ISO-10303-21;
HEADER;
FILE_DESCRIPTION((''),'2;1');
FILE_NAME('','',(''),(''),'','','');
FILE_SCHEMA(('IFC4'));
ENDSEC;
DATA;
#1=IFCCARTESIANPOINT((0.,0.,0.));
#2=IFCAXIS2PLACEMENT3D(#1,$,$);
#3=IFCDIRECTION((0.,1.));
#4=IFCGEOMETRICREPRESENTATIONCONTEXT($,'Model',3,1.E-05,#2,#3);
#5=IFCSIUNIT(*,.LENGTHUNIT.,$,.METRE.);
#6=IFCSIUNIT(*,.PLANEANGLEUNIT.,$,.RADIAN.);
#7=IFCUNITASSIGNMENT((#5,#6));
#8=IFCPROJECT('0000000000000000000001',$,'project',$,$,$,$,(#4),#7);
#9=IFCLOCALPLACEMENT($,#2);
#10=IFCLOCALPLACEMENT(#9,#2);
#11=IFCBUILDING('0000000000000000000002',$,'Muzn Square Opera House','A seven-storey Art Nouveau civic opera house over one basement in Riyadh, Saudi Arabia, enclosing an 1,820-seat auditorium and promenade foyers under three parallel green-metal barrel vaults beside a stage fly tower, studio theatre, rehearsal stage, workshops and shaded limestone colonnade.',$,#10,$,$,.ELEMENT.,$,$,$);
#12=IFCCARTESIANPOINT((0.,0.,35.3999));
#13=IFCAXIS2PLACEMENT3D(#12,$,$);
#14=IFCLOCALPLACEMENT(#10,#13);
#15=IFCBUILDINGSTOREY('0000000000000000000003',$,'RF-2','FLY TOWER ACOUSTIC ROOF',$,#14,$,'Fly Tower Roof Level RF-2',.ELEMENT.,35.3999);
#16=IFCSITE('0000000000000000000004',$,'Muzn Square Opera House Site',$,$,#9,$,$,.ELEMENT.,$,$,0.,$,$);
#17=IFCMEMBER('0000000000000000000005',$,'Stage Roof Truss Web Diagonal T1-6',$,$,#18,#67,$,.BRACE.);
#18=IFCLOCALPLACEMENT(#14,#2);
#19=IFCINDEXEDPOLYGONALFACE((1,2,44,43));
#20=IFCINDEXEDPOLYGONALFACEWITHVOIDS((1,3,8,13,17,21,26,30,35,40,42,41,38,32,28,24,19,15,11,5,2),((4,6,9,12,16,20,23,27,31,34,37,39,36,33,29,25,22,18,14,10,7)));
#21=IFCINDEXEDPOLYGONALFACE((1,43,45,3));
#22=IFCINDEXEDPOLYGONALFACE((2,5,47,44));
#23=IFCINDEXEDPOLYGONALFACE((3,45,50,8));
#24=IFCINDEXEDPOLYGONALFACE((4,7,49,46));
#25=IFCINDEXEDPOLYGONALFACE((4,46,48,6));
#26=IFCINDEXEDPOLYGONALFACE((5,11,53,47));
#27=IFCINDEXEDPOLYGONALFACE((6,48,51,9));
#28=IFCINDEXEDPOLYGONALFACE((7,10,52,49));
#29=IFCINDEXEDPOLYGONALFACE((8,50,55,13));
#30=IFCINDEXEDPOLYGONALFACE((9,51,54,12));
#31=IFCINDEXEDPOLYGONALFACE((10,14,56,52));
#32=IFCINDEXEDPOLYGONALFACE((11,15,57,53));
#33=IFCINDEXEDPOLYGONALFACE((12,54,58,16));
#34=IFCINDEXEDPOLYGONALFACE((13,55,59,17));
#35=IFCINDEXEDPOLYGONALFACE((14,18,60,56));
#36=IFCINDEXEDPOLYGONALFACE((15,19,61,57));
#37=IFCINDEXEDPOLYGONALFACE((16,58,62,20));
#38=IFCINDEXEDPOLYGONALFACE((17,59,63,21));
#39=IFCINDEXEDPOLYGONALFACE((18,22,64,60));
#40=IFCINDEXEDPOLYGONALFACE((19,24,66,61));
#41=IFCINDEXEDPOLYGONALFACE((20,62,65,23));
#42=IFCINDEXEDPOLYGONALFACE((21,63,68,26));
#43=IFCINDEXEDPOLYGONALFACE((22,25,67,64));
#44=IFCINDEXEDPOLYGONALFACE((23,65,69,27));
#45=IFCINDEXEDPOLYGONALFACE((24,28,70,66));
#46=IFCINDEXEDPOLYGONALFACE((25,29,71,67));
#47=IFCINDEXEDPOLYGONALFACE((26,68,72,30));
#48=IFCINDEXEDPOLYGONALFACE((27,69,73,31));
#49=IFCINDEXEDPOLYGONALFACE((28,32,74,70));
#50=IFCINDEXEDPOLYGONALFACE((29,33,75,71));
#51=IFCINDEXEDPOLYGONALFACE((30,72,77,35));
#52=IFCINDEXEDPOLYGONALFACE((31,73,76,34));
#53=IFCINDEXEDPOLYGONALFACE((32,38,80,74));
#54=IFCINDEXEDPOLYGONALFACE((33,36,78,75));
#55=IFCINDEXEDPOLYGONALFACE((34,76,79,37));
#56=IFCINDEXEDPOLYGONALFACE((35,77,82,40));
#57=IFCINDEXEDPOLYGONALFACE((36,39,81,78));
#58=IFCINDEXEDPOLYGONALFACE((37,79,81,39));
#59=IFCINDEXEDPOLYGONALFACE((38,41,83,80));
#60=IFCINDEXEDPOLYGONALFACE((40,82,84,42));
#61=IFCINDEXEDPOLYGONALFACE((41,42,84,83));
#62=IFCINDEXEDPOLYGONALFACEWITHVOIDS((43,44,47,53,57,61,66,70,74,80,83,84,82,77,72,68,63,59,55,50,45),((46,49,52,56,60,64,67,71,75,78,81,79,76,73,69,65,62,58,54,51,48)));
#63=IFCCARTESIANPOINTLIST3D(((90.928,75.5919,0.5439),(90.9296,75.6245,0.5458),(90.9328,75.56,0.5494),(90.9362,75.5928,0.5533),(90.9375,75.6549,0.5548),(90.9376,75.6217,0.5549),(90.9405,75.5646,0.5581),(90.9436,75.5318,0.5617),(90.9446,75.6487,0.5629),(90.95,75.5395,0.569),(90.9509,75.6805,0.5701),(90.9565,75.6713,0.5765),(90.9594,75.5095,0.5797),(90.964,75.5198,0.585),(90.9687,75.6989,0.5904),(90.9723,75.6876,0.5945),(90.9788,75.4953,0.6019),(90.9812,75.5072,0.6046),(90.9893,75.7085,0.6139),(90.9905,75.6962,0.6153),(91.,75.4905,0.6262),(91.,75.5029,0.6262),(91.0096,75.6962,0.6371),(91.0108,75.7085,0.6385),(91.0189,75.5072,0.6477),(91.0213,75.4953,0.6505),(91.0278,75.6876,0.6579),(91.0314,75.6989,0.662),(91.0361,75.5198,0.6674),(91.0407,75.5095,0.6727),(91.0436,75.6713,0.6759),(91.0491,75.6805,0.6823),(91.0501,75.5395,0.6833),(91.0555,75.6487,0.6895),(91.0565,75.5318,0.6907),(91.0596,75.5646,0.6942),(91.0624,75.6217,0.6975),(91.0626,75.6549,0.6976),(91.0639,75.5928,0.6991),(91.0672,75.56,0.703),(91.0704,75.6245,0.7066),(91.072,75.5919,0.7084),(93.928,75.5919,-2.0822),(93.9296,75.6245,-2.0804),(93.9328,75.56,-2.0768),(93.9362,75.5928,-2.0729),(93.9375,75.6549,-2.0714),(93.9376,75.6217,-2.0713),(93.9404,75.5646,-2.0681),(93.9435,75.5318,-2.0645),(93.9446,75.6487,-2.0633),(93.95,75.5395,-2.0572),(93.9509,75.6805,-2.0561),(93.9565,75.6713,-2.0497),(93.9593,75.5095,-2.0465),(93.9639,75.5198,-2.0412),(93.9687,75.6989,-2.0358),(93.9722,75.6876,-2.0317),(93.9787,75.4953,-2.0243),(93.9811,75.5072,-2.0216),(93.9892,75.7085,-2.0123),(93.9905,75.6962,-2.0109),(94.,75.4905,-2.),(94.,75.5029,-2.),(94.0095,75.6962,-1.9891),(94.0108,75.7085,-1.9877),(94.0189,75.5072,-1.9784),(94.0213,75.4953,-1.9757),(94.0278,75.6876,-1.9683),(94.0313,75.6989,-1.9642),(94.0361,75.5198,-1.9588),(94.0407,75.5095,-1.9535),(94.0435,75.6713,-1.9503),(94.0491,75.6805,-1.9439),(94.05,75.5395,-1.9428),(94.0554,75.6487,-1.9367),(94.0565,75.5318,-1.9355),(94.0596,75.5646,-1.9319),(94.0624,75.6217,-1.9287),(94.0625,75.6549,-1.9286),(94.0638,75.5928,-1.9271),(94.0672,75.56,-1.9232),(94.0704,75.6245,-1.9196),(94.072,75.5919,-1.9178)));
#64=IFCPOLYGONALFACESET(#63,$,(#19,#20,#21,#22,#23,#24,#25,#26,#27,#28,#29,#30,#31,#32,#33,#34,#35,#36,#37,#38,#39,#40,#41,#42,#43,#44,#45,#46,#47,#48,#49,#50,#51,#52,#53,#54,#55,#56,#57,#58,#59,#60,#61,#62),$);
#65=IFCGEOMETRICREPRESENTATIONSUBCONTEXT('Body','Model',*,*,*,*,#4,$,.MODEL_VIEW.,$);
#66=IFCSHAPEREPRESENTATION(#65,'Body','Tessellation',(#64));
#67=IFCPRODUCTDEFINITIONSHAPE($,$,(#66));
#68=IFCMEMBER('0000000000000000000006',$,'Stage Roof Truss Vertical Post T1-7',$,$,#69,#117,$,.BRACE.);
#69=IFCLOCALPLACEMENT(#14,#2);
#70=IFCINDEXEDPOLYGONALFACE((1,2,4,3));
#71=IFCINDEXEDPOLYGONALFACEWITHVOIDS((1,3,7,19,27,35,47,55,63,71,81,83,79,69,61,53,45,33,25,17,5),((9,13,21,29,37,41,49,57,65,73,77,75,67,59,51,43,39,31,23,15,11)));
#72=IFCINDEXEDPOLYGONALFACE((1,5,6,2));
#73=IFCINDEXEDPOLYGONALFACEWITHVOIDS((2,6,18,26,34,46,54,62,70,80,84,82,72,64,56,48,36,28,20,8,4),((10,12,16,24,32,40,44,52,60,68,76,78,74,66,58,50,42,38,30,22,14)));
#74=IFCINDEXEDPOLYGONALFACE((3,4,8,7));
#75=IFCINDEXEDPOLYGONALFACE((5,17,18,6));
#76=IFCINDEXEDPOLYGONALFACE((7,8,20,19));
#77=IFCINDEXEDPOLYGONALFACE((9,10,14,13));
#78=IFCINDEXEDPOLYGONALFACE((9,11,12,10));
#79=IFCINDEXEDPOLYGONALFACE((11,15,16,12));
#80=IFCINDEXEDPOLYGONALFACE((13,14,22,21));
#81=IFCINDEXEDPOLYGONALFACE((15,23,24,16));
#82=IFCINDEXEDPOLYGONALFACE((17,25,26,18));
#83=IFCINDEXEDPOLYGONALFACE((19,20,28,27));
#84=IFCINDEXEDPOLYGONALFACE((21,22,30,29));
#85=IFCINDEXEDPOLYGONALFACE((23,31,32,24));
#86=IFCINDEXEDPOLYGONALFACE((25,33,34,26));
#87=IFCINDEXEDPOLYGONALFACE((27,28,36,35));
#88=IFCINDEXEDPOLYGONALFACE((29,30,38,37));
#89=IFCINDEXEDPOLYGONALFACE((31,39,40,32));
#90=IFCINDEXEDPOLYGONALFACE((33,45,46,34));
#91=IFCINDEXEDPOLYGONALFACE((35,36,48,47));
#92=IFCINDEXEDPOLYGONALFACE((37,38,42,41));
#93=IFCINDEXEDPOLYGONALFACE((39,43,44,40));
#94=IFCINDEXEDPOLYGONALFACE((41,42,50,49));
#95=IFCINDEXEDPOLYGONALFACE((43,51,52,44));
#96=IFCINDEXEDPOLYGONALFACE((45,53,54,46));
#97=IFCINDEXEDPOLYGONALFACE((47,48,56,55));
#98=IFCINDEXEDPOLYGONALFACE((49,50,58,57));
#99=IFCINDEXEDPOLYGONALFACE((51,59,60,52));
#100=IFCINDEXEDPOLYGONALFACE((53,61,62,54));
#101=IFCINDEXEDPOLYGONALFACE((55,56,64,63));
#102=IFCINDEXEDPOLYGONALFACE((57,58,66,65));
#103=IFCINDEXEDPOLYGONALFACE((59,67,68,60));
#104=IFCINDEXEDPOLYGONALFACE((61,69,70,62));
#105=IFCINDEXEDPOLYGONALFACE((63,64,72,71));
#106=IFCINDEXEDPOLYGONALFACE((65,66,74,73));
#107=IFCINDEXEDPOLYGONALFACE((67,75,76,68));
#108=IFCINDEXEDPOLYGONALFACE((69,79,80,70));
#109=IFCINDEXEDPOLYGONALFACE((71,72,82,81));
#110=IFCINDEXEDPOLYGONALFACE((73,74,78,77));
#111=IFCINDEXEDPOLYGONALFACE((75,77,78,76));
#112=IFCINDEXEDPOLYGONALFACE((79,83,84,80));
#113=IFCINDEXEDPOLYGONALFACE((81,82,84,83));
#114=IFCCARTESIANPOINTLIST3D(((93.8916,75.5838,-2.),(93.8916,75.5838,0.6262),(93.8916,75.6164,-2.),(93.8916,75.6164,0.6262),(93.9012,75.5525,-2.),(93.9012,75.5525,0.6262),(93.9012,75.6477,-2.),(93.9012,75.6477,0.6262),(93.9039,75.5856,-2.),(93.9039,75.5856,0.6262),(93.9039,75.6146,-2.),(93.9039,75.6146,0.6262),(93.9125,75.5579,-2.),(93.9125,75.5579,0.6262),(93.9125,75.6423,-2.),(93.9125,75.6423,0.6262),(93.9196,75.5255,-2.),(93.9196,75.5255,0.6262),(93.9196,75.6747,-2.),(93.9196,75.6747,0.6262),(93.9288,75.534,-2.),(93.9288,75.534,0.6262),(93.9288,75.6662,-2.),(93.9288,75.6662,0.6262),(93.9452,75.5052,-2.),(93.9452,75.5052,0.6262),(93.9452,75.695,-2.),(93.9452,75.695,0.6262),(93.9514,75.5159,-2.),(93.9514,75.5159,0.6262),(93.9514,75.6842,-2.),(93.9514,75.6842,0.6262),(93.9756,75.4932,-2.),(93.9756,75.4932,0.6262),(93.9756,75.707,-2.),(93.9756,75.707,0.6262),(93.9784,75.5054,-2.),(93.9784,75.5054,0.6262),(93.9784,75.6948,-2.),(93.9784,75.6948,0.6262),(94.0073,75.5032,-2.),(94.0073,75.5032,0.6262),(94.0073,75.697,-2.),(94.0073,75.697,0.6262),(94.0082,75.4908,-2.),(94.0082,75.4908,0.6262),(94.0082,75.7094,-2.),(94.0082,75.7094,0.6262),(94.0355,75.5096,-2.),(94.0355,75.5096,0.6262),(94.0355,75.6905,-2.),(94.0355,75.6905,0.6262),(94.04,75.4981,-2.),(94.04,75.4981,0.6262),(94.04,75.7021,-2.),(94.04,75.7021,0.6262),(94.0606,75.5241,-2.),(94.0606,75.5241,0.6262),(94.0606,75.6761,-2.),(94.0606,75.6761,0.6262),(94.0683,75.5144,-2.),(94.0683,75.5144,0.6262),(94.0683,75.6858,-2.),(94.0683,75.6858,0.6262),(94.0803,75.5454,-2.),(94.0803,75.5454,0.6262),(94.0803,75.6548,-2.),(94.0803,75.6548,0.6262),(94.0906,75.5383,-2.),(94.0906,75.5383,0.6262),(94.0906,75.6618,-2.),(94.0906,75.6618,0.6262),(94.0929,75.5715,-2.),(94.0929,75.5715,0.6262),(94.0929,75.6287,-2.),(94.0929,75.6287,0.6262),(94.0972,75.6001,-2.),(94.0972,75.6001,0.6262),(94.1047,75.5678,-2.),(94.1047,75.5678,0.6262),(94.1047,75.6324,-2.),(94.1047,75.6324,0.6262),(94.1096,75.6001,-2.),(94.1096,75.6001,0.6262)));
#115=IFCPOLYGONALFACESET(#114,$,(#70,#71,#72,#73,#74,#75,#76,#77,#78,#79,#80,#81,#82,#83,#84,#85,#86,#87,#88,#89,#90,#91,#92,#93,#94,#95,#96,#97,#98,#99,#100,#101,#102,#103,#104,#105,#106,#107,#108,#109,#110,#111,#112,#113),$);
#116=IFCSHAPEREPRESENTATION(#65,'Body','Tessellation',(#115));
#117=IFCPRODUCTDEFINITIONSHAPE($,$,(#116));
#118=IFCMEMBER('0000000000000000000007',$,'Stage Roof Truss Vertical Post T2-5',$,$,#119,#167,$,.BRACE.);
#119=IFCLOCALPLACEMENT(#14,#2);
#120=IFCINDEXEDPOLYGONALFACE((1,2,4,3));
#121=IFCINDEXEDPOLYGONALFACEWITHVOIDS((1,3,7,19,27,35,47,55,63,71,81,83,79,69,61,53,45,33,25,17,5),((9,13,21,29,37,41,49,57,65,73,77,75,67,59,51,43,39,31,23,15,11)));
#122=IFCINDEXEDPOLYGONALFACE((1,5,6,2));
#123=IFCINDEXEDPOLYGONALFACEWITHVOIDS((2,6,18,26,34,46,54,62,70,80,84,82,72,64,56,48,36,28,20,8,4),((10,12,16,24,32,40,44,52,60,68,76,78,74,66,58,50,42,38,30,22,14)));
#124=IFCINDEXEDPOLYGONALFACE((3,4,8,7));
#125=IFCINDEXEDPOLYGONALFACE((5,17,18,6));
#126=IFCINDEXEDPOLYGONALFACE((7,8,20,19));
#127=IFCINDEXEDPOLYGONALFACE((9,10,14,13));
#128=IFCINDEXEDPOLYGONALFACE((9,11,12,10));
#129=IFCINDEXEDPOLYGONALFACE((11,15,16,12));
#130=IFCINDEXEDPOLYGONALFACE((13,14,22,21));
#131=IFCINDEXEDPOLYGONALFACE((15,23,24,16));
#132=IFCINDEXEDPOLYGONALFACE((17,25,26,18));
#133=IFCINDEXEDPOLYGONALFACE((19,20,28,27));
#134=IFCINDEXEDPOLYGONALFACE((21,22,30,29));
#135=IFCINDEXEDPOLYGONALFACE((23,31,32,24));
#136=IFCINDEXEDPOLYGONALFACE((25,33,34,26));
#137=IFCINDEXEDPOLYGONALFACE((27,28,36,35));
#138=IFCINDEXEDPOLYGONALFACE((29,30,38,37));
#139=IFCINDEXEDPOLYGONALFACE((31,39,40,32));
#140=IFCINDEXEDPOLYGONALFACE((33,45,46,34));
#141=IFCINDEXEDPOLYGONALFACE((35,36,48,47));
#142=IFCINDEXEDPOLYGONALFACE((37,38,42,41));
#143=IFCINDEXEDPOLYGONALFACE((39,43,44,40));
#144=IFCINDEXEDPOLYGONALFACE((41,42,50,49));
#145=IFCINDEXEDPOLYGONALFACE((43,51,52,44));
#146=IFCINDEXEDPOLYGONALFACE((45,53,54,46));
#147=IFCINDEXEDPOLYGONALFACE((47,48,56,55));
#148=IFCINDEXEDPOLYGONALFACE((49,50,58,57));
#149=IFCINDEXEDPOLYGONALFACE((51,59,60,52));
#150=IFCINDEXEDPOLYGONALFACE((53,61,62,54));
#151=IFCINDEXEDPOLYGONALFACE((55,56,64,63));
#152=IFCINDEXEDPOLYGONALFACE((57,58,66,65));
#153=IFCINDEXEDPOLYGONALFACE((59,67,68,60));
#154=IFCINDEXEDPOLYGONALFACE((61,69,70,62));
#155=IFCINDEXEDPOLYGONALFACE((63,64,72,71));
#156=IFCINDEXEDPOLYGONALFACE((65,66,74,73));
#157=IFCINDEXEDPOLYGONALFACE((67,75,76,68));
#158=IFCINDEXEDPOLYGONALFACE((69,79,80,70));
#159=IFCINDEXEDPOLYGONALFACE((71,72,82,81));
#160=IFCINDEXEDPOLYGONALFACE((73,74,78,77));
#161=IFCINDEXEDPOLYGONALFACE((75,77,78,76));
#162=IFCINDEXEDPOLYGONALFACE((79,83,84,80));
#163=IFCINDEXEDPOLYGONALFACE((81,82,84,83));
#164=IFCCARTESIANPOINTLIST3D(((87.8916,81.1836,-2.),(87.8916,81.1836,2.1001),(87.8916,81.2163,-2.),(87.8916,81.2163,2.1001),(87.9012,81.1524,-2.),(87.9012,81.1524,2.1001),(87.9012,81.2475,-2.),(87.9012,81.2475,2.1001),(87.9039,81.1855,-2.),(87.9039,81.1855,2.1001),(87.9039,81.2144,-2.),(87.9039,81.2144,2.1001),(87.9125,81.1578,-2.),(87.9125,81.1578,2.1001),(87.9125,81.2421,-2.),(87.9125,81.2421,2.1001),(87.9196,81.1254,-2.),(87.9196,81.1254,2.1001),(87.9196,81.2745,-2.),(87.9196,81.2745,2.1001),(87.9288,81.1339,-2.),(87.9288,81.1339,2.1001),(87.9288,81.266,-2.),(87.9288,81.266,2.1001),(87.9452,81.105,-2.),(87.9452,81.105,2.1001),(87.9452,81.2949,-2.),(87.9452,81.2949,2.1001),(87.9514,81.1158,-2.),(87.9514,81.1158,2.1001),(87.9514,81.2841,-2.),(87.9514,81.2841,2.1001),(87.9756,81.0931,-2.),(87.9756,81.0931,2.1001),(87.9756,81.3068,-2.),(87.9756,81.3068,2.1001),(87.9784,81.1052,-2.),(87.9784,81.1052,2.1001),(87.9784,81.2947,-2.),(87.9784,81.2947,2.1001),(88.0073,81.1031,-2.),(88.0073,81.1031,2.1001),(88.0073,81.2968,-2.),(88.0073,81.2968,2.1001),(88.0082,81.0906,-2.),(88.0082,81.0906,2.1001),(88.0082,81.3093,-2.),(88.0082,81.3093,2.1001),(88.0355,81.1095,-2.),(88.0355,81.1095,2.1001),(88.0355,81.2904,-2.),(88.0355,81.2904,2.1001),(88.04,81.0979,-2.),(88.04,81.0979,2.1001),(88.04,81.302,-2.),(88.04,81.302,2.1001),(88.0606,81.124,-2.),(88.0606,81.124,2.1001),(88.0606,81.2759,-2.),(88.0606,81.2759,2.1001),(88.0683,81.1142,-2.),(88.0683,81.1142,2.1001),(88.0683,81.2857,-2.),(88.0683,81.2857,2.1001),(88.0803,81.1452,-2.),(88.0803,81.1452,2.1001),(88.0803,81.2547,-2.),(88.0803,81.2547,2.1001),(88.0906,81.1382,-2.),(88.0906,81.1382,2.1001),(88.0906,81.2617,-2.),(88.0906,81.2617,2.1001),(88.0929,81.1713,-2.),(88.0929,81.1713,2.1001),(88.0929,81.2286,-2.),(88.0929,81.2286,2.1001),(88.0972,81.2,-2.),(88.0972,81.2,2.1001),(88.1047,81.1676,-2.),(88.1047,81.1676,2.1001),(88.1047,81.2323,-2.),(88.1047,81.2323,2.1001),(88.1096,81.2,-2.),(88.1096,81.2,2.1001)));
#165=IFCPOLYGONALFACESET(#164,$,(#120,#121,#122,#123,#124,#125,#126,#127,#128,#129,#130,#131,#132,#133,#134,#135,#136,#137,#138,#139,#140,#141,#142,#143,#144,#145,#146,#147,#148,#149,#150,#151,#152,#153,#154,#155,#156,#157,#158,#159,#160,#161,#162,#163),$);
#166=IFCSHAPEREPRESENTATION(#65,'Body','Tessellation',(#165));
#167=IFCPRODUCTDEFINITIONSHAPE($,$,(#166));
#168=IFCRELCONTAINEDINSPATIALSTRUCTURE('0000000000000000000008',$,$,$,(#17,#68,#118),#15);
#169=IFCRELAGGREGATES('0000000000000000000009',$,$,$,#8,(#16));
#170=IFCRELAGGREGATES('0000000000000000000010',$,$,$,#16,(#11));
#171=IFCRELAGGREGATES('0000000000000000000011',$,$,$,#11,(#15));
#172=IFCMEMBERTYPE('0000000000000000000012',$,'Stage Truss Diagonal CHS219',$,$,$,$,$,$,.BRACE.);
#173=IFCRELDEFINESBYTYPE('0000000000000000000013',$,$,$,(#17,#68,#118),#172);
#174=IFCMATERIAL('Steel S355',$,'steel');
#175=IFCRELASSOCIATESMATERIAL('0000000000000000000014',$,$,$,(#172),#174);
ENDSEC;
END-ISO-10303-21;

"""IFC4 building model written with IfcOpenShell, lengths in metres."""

from ifc_helpers import new_model, si_unit, direction, frame, origin, origin_2d, place, context, subcontext, project, spatial, hollow_circle, extrude, material, material_profile, profile_set, type_object, element, save


model = new_model("IFC4")

# Units and contexts
model_context = context("Model", 3, precision=1e-05, world=origin(), true_north=direction((0.0, 1.0)))
body_context = subcontext(model_context, "Body", "Model", "MODEL_VIEW")
ifc_project = project(units=[si_unit("LENGTHUNIT", "METRE"), si_unit("PLANEANGLEUNIT", "RADIAN")], contexts=[model_context])

# Site, building, storey
site_placement = place(None, origin())
site = spatial("IfcSite", under=ifc_project, at=site_placement, Name="Muzn Square Opera House Site", CompositionType="ELEMENT", RefElevation=0.0)
building_placement = place(site_placement, origin())
building = spatial("IfcBuilding", under=site, at=building_placement, Name="Muzn Square Opera House", Description="A seven-storey Art Nouveau civic opera house over one basement in Riyadh, Saudi Arabia, enclosing an 1,820-seat auditorium and promenade foyers under three parallel green-metal barrel vaults beside a stage fly tower, studio theatre, rehearsal stage, workshops and shaded limestone colonnade.", CompositionType="ELEMENT")
storey_placement = place(building_placement, frame((0.0, 0.0, 35.3999)))
storey = spatial("IfcBuildingStorey", under=building, at=storey_placement, Name="RF-2", Description="FLY TOWER ACOUSTIC ROOF", LongName="Fly Tower Roof Level RF-2", CompositionType="ELEMENT", Elevation=35.3999)

# Members
ifc_material_1 = material(Name="Steel S355", Category="steel")
ifc_material_profile_1 = material_profile(ifc_material_1, hollow_circle(Radius=0.1096, WallThickness=0.0125, at=origin_2d()), Name="CHS 219.1x12.5", Category="steel")
ifc_profile_set_1 = profile_set([ifc_material_profile_1], Name="Steel S355")
member_type_1 = type_object("IfcMemberType", Name="Stage Truss Diagonal CHS219", PredefinedType="BRACE", material=ifc_profile_set_1)
member_1_placement = place(storey_placement, frame((94.0, 75.6001, -2.0), z_axis=(-0.752425, 0.0, 0.658678), x_axis=(0.0, -1.0, 0.0)))
element("IfcMember", 1, at=member_1_placement, inside=storey, type_object=member_type_1, Name="Stage Roof Truss Web Diagonal T1-6", PredefinedType="BRACE", context=body_context, shape_type="SweptSolid", body=[
    extrude(hollow_circle(Radius=0.1096, WallThickness=0.0125, at=origin_2d()), origin(), (0.0, 0.0, 1.0), 3.9871),
])
member_2_placement = place(storey_placement, frame((94.0, 75.6001, -2.0), z_axis=(0.0, 0.0, 1.0), x_axis=(1.0, 0.0, 0.0)))
element("IfcMember", 2, at=member_2_placement, inside=storey, type_object=member_type_1, Name="Stage Roof Truss Vertical Post T1-7", PredefinedType="BRACE", context=body_context, shape_type="SweptSolid", body=[
    extrude(hollow_circle(Radius=0.1096, WallThickness=0.0125, at=origin_2d()), origin(), (0.0, 0.0, 1.0), 2.6262),
])
member_3_placement = place(storey_placement, frame((88.0, 81.2, -2.0), z_axis=(0.0, 0.0, 1.0), x_axis=(1.0, 0.0, 0.0)))
element("IfcMember", 3, at=member_3_placement, inside=storey, type_object=member_type_1, Name="Stage Roof Truss Vertical Post T2-5", PredefinedType="BRACE", context=body_context, shape_type="SweptSolid", body=[
    extrude(hollow_circle(Radius=0.1096, WallThickness=0.0125, at=origin_2d()), origin(), (0.0, 0.0, 1.0), 4.1001),
])

save(model, "model.ifc")
